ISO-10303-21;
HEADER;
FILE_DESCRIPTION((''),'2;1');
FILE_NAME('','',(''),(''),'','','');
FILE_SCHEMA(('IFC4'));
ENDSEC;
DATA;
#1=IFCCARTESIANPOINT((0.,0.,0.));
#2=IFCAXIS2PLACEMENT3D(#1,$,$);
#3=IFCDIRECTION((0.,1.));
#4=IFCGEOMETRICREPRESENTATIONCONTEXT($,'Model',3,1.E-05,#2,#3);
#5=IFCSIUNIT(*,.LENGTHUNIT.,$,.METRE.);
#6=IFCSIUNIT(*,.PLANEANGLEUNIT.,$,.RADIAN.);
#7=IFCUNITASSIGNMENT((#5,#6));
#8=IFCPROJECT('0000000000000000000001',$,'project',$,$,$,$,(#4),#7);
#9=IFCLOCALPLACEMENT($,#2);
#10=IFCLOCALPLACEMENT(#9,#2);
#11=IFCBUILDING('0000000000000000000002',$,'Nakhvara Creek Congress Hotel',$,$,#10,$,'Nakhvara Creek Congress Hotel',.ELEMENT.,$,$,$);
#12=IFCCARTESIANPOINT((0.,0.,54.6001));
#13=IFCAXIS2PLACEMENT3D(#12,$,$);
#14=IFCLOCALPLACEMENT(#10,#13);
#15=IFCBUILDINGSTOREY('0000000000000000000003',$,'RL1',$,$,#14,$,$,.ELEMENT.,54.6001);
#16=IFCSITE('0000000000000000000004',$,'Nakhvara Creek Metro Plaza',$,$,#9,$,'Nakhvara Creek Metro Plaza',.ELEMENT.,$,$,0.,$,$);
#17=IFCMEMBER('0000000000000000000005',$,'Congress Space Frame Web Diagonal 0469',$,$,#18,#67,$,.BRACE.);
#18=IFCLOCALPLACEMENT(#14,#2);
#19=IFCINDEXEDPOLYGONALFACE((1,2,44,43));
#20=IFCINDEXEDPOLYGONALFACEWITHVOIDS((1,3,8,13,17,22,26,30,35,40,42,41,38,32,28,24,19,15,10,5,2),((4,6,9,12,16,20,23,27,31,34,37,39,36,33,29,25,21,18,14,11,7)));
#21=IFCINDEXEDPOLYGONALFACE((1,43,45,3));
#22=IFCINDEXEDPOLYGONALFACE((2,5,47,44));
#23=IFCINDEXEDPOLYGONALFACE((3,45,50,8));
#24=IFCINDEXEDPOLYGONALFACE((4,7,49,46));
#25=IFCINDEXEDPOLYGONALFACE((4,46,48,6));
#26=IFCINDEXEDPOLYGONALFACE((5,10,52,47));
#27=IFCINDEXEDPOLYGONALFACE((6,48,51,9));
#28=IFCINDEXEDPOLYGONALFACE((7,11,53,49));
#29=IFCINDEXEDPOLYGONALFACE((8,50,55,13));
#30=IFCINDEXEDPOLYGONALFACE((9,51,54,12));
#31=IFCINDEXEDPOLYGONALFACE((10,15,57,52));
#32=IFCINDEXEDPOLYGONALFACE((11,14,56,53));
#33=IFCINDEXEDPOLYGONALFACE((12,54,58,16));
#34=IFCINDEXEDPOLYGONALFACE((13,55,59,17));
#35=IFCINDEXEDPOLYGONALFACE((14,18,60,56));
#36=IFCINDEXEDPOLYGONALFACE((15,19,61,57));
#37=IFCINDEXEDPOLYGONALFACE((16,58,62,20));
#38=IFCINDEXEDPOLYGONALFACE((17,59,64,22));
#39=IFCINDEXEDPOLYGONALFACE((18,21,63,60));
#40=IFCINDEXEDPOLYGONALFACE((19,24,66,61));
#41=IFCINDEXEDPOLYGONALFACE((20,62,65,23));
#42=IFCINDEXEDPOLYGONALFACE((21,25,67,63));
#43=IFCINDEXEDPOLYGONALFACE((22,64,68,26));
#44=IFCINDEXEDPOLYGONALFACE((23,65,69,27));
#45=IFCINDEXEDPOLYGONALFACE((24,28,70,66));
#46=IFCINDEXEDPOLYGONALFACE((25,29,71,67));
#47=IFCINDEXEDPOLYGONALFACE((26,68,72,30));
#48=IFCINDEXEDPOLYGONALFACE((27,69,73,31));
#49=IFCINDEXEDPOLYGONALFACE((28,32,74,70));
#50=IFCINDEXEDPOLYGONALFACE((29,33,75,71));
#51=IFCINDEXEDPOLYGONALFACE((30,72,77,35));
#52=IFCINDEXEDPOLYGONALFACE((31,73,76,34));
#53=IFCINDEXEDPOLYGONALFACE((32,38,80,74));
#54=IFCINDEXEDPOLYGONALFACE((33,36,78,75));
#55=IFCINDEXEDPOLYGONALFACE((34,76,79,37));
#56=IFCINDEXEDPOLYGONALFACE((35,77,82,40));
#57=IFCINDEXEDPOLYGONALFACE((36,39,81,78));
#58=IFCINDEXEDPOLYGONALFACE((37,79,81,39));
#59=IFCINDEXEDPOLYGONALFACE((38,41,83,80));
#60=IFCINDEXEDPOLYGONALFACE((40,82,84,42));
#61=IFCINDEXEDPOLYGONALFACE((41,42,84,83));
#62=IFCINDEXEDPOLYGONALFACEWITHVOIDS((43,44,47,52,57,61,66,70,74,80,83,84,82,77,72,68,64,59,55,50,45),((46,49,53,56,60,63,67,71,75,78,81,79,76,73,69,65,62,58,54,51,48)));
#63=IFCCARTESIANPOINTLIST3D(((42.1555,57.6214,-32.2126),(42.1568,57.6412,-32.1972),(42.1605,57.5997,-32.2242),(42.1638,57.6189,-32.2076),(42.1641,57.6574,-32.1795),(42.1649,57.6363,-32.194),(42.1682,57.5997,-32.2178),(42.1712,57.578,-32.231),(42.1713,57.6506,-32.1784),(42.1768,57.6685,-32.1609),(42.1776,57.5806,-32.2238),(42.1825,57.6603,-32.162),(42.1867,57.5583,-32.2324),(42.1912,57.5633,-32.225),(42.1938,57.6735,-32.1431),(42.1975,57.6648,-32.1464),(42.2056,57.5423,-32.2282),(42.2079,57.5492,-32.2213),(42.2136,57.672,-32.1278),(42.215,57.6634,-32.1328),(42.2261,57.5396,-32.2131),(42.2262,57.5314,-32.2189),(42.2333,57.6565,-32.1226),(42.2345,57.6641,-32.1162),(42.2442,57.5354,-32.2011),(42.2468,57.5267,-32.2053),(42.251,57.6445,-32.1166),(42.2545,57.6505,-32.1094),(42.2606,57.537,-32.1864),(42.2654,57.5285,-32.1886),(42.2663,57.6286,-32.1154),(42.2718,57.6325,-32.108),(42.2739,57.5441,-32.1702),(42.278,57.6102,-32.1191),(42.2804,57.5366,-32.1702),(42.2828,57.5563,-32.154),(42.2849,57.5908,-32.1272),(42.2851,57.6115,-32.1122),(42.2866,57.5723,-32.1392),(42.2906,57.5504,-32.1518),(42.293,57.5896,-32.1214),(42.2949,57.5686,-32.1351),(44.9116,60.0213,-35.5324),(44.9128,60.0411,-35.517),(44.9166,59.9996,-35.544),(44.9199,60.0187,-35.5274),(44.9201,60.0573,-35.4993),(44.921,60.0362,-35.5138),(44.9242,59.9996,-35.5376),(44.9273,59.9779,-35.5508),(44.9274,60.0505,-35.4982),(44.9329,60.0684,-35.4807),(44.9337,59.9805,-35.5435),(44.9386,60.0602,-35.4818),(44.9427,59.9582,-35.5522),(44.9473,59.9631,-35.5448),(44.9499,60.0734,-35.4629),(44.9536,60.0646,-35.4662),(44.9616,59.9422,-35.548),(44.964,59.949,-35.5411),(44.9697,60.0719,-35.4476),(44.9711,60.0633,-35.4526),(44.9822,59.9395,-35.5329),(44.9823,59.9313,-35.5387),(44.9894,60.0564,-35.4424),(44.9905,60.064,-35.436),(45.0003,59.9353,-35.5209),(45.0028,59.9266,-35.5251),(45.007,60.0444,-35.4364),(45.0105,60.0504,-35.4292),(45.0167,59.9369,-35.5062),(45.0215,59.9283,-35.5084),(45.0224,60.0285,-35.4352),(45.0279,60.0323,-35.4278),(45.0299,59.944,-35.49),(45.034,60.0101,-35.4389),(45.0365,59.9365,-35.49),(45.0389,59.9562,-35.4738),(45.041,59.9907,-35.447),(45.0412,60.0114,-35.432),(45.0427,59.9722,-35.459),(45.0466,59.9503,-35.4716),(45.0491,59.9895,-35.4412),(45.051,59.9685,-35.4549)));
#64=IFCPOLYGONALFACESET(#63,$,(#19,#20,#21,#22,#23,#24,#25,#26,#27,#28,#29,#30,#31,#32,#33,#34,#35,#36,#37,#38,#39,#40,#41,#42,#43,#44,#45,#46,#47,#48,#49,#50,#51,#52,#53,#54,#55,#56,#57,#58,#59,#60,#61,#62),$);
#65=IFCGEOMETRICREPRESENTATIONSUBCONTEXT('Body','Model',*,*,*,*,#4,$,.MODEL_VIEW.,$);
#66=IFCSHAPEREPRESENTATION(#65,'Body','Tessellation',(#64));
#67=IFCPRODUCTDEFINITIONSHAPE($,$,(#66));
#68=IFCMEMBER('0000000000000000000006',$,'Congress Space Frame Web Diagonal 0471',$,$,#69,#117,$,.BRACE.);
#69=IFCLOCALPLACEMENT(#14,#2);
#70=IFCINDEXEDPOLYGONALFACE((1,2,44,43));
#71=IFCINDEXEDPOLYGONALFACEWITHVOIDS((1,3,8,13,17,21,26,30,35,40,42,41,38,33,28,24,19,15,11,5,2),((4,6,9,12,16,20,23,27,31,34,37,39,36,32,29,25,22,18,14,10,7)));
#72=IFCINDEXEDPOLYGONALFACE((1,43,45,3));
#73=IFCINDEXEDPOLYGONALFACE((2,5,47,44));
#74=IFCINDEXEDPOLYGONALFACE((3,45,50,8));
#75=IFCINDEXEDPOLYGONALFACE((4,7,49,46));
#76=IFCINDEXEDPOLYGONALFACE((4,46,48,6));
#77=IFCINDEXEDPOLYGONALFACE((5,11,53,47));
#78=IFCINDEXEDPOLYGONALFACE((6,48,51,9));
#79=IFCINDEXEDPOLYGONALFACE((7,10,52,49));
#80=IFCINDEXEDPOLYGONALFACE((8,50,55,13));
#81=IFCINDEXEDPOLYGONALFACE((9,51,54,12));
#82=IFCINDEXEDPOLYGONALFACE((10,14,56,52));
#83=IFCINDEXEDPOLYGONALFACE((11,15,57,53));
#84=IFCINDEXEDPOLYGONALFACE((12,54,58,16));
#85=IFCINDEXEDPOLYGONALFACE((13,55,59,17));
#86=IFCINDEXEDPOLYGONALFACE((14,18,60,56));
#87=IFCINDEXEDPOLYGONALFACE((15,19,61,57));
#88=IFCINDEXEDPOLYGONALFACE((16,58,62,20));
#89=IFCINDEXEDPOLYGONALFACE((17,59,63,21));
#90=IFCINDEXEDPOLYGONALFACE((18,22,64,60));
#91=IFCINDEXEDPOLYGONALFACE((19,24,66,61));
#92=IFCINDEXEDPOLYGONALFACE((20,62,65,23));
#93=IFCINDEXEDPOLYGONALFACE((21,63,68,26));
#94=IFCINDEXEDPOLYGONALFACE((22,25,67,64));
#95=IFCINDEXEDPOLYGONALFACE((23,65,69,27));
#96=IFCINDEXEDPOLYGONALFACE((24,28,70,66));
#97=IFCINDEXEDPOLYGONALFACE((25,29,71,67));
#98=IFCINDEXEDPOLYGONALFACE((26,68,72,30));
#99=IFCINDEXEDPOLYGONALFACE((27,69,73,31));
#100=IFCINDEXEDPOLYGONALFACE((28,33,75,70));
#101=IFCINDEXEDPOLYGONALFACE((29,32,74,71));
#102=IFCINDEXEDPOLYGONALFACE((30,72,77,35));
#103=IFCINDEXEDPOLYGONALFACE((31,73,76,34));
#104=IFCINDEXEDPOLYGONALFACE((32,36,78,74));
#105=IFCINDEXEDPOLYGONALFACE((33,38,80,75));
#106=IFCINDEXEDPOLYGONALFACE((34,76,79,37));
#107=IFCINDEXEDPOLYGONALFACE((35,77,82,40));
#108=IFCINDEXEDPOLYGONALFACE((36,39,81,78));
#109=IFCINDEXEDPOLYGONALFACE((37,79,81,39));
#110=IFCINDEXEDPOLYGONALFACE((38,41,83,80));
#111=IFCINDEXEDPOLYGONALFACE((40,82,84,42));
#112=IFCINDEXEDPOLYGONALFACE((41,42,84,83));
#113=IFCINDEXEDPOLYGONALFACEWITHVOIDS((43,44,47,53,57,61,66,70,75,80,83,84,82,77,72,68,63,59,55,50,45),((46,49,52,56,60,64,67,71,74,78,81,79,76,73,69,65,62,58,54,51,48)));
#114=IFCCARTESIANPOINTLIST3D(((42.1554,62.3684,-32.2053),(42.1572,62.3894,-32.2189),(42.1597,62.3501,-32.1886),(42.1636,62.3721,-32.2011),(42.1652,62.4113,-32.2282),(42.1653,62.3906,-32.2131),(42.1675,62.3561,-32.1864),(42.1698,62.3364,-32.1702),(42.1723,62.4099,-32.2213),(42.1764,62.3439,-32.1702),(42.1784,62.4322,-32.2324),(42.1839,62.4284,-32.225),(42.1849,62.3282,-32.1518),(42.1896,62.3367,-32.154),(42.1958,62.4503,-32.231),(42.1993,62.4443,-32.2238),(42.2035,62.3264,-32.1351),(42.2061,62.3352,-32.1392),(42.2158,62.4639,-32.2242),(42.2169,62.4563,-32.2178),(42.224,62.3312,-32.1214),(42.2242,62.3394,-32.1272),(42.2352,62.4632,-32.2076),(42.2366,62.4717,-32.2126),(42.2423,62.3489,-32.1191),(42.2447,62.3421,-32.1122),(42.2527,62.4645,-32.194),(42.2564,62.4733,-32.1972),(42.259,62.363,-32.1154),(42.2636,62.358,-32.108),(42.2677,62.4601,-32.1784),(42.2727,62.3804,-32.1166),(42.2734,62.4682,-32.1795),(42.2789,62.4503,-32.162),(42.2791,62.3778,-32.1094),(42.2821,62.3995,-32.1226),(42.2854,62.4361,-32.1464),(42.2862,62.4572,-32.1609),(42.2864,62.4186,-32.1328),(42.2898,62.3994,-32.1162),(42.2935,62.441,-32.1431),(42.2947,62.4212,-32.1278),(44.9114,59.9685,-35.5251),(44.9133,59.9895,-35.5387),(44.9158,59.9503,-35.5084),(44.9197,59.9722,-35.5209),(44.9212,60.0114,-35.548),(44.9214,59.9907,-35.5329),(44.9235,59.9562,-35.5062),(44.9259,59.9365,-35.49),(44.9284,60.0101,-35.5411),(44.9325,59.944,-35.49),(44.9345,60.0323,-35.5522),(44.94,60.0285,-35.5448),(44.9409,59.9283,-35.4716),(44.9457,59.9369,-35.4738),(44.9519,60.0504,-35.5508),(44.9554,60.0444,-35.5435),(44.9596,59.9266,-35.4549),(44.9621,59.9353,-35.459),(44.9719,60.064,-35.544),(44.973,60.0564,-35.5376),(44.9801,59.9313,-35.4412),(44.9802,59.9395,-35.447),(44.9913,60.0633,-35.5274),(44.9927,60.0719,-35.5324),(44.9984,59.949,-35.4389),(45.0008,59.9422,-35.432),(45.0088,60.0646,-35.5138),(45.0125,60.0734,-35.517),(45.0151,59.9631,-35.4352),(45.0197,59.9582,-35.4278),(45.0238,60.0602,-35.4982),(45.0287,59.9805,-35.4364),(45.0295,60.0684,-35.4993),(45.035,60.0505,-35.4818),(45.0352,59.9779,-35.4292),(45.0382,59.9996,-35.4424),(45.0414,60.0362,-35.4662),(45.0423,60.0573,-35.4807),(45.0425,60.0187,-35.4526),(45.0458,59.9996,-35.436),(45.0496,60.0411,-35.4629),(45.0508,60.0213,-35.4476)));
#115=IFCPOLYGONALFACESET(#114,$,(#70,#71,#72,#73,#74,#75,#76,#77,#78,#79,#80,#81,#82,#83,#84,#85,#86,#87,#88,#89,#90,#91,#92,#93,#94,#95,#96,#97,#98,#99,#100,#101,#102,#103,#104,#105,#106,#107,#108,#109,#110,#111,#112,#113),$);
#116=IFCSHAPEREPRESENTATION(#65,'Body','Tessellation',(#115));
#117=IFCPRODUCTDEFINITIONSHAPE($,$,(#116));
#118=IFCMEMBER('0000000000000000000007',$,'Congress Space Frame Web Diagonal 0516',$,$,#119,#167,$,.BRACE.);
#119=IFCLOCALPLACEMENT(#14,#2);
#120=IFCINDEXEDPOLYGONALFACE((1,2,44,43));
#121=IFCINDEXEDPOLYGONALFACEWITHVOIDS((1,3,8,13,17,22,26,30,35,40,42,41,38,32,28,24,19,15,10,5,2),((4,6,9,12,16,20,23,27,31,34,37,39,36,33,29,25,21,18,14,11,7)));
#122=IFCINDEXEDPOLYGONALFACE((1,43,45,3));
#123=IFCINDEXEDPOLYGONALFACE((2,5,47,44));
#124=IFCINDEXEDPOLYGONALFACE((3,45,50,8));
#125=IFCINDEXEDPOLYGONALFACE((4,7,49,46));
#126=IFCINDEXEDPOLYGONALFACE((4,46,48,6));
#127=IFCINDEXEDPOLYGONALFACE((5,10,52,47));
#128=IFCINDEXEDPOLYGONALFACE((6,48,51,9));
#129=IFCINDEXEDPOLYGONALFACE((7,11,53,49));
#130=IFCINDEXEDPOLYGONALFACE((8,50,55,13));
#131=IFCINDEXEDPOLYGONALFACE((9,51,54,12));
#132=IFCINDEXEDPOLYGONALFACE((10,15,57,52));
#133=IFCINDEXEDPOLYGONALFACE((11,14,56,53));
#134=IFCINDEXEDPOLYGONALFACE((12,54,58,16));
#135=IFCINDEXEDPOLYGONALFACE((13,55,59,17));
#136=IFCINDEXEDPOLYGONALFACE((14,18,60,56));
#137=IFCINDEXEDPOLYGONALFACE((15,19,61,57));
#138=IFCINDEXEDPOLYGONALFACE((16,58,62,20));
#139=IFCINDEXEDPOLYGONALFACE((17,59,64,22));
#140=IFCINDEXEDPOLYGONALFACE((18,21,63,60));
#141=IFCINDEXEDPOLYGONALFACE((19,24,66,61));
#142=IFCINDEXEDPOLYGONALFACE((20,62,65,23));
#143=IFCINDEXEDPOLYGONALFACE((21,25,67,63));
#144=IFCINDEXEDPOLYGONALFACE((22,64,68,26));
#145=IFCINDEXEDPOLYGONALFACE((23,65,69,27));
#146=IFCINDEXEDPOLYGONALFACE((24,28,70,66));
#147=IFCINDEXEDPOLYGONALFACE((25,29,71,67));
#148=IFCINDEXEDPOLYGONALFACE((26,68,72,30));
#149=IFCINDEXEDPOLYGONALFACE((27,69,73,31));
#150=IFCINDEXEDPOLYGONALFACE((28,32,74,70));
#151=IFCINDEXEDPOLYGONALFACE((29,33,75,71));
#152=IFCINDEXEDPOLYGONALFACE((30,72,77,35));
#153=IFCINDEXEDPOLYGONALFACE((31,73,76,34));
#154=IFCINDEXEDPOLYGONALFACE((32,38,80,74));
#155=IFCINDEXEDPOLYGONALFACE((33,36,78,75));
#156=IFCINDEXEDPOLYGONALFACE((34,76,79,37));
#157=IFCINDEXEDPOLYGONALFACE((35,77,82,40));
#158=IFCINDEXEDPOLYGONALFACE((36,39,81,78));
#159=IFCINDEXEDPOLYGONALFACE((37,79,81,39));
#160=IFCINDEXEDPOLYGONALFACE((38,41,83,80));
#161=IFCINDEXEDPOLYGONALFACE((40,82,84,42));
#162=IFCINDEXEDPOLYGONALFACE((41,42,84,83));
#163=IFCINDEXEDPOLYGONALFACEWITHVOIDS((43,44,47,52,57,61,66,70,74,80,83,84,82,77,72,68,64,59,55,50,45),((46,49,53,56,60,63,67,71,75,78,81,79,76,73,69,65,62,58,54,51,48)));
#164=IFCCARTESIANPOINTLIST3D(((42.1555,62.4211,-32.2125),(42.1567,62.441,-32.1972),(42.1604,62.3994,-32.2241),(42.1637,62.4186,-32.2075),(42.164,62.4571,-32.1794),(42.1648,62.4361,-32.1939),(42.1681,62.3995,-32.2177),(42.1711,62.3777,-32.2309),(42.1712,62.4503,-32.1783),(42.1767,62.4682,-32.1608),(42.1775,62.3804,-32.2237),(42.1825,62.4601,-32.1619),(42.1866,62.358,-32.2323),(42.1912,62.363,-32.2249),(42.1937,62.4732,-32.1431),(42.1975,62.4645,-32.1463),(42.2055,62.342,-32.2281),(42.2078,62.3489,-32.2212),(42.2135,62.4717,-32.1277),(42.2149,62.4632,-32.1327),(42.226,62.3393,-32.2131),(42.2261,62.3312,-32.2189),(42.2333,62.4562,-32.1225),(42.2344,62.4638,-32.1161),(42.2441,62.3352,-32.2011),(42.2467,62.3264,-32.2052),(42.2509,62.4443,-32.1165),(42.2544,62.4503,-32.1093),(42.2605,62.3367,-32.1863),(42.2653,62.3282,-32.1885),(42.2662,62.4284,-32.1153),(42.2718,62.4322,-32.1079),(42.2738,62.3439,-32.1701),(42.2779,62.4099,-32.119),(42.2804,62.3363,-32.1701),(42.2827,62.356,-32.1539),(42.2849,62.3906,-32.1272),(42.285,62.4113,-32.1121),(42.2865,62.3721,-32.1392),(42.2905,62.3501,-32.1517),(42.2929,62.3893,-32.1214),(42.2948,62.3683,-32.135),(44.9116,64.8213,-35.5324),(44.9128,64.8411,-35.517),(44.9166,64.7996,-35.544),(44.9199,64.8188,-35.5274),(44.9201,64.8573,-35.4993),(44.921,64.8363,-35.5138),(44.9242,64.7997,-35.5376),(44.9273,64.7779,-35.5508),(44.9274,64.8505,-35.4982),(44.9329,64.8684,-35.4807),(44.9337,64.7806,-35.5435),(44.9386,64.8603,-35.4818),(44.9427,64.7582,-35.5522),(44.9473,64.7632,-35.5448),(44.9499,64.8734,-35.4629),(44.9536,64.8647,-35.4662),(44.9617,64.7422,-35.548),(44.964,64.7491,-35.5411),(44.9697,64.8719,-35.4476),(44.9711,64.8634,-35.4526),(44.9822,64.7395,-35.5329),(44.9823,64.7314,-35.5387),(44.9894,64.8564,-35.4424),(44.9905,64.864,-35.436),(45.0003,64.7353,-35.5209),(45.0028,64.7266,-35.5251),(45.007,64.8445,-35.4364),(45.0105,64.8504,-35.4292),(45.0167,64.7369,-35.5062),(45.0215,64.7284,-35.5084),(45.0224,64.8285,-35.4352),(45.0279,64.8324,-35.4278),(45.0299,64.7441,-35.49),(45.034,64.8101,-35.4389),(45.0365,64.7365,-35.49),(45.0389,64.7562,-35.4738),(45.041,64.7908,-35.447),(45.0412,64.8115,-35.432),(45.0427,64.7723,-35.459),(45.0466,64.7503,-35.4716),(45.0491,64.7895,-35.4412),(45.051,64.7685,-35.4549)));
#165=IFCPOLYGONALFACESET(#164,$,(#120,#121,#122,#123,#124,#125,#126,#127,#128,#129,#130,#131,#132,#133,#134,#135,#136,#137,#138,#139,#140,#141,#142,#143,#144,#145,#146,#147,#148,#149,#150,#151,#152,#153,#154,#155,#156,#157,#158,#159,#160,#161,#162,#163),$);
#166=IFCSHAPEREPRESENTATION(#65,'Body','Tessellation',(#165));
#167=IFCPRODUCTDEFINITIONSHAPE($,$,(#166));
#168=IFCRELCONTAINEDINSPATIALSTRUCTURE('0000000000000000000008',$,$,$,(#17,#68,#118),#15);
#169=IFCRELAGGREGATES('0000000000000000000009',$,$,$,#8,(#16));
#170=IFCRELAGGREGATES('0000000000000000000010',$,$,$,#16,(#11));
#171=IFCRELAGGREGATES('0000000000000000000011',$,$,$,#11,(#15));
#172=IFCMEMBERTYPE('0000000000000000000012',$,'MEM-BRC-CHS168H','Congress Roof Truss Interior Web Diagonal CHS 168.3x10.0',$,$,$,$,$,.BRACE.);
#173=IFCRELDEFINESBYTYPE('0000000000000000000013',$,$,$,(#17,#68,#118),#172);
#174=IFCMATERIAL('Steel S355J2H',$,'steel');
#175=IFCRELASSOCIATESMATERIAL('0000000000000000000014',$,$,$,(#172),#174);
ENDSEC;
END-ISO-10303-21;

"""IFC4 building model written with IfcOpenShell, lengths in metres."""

from ifc_helpers import new_model, si_unit, direction, frame, origin, origin_2d, place, context, subcontext, project, spatial, hollow_circle, extrude, material, material_profile, profile_set, type_object, element, save


model = new_model("IFC4")

# Units and contexts
model_context = context("Model", 3, precision=1e-05, world=origin(), true_north=direction((0.0, 1.0)))
body_context = subcontext(model_context, "Body", "Model", "MODEL_VIEW")
ifc_project = project(units=[si_unit("LENGTHUNIT", "METRE"), si_unit("PLANEANGLEUNIT", "RADIAN")], contexts=[model_context])

# Site, building, storey
site_placement = place(None, origin())
site = spatial("IfcSite", under=ifc_project, at=site_placement, Name="Nakhvara Creek Metro Plaza", LongName="Nakhvara Creek Metro Plaza", CompositionType="ELEMENT", RefElevation=0.0)
building_placement = place(site_placement, origin())
building = spatial("IfcBuilding", under=site, at=building_placement, Name="Nakhvara Creek Congress Hotel", LongName="Nakhvara Creek Congress Hotel", CompositionType="ELEMENT")
storey_placement = place(building_placement, frame((0.0, 0.0, 54.6001)))
storey = spatial("IfcBuildingStorey", under=building, at=storey_placement, Name="RL1", CompositionType="ELEMENT", Elevation=54.6001)

# Members
ifc_material_1 = material(Name="Steel S355J2H", Category="steel")
ifc_material_profile_1 = material_profile(ifc_material_1, hollow_circle(Radius=0.0842, WallThickness=0.01, at=origin_2d()), Name="CHS 168.3x10.0", Category="LoadBearing")
ifc_profile_set_1 = profile_set([ifc_material_profile_1], Name="Steel S355J2H")
member_type_1 = type_object("IfcMemberType", Name="MEM-BRC-CHS168H", Description="Congress Roof Truss Interior Web Diagonal CHS 168.3x10.0", PredefinedType="BRACE", material=ifc_profile_set_1)
for number, where, z_axis, x_axis, name in (
    (1, (44.9812, 60.0, -35.49), (-0.558221, -0.486076, 0.672398), (0.656691, -0.75416, 0.0), "Congress Space Frame Web Diagonal 0469"),
    (2, (44.9812, 60.0, -35.49), (-0.558221, 0.486076, 0.672398), (-0.656691, -0.75416, 0.0), "Congress Space Frame Web Diagonal 0471"),
):
    element("IfcMember", number, at=place(storey_placement, frame(where, z_axis=z_axis, x_axis=x_axis)), inside=storey, type_object=member_type_1, Name=name, PredefinedType="BRACE", context=body_context, shape_type="SweptSolid", body=[
        extrude(hollow_circle(Radius=0.0842, WallThickness=0.01, at=origin_2d()), origin(), (0.0, 0.0, 1.0), 4.9373),
    ])
member_1_placement = place(storey_placement, frame((44.9812, 64.8, -35.49), z_axis=(-0.558208, -0.486114, 0.672381), x_axis=(0.656729, -0.754126, 0.0)))
element("IfcMember", 3, at=member_1_placement, inside=storey, type_object=member_type_1, Name="Congress Space Frame Web Diagonal 0516", PredefinedType="BRACE", context=body_context, shape_type="SweptSolid", body=[
    extrude(hollow_circle(Radius=0.0842, WallThickness=0.01, at=origin_2d()), origin(), (0.0, 0.0, 1.0), 4.9375),
])

save(model, "model.ifc")
